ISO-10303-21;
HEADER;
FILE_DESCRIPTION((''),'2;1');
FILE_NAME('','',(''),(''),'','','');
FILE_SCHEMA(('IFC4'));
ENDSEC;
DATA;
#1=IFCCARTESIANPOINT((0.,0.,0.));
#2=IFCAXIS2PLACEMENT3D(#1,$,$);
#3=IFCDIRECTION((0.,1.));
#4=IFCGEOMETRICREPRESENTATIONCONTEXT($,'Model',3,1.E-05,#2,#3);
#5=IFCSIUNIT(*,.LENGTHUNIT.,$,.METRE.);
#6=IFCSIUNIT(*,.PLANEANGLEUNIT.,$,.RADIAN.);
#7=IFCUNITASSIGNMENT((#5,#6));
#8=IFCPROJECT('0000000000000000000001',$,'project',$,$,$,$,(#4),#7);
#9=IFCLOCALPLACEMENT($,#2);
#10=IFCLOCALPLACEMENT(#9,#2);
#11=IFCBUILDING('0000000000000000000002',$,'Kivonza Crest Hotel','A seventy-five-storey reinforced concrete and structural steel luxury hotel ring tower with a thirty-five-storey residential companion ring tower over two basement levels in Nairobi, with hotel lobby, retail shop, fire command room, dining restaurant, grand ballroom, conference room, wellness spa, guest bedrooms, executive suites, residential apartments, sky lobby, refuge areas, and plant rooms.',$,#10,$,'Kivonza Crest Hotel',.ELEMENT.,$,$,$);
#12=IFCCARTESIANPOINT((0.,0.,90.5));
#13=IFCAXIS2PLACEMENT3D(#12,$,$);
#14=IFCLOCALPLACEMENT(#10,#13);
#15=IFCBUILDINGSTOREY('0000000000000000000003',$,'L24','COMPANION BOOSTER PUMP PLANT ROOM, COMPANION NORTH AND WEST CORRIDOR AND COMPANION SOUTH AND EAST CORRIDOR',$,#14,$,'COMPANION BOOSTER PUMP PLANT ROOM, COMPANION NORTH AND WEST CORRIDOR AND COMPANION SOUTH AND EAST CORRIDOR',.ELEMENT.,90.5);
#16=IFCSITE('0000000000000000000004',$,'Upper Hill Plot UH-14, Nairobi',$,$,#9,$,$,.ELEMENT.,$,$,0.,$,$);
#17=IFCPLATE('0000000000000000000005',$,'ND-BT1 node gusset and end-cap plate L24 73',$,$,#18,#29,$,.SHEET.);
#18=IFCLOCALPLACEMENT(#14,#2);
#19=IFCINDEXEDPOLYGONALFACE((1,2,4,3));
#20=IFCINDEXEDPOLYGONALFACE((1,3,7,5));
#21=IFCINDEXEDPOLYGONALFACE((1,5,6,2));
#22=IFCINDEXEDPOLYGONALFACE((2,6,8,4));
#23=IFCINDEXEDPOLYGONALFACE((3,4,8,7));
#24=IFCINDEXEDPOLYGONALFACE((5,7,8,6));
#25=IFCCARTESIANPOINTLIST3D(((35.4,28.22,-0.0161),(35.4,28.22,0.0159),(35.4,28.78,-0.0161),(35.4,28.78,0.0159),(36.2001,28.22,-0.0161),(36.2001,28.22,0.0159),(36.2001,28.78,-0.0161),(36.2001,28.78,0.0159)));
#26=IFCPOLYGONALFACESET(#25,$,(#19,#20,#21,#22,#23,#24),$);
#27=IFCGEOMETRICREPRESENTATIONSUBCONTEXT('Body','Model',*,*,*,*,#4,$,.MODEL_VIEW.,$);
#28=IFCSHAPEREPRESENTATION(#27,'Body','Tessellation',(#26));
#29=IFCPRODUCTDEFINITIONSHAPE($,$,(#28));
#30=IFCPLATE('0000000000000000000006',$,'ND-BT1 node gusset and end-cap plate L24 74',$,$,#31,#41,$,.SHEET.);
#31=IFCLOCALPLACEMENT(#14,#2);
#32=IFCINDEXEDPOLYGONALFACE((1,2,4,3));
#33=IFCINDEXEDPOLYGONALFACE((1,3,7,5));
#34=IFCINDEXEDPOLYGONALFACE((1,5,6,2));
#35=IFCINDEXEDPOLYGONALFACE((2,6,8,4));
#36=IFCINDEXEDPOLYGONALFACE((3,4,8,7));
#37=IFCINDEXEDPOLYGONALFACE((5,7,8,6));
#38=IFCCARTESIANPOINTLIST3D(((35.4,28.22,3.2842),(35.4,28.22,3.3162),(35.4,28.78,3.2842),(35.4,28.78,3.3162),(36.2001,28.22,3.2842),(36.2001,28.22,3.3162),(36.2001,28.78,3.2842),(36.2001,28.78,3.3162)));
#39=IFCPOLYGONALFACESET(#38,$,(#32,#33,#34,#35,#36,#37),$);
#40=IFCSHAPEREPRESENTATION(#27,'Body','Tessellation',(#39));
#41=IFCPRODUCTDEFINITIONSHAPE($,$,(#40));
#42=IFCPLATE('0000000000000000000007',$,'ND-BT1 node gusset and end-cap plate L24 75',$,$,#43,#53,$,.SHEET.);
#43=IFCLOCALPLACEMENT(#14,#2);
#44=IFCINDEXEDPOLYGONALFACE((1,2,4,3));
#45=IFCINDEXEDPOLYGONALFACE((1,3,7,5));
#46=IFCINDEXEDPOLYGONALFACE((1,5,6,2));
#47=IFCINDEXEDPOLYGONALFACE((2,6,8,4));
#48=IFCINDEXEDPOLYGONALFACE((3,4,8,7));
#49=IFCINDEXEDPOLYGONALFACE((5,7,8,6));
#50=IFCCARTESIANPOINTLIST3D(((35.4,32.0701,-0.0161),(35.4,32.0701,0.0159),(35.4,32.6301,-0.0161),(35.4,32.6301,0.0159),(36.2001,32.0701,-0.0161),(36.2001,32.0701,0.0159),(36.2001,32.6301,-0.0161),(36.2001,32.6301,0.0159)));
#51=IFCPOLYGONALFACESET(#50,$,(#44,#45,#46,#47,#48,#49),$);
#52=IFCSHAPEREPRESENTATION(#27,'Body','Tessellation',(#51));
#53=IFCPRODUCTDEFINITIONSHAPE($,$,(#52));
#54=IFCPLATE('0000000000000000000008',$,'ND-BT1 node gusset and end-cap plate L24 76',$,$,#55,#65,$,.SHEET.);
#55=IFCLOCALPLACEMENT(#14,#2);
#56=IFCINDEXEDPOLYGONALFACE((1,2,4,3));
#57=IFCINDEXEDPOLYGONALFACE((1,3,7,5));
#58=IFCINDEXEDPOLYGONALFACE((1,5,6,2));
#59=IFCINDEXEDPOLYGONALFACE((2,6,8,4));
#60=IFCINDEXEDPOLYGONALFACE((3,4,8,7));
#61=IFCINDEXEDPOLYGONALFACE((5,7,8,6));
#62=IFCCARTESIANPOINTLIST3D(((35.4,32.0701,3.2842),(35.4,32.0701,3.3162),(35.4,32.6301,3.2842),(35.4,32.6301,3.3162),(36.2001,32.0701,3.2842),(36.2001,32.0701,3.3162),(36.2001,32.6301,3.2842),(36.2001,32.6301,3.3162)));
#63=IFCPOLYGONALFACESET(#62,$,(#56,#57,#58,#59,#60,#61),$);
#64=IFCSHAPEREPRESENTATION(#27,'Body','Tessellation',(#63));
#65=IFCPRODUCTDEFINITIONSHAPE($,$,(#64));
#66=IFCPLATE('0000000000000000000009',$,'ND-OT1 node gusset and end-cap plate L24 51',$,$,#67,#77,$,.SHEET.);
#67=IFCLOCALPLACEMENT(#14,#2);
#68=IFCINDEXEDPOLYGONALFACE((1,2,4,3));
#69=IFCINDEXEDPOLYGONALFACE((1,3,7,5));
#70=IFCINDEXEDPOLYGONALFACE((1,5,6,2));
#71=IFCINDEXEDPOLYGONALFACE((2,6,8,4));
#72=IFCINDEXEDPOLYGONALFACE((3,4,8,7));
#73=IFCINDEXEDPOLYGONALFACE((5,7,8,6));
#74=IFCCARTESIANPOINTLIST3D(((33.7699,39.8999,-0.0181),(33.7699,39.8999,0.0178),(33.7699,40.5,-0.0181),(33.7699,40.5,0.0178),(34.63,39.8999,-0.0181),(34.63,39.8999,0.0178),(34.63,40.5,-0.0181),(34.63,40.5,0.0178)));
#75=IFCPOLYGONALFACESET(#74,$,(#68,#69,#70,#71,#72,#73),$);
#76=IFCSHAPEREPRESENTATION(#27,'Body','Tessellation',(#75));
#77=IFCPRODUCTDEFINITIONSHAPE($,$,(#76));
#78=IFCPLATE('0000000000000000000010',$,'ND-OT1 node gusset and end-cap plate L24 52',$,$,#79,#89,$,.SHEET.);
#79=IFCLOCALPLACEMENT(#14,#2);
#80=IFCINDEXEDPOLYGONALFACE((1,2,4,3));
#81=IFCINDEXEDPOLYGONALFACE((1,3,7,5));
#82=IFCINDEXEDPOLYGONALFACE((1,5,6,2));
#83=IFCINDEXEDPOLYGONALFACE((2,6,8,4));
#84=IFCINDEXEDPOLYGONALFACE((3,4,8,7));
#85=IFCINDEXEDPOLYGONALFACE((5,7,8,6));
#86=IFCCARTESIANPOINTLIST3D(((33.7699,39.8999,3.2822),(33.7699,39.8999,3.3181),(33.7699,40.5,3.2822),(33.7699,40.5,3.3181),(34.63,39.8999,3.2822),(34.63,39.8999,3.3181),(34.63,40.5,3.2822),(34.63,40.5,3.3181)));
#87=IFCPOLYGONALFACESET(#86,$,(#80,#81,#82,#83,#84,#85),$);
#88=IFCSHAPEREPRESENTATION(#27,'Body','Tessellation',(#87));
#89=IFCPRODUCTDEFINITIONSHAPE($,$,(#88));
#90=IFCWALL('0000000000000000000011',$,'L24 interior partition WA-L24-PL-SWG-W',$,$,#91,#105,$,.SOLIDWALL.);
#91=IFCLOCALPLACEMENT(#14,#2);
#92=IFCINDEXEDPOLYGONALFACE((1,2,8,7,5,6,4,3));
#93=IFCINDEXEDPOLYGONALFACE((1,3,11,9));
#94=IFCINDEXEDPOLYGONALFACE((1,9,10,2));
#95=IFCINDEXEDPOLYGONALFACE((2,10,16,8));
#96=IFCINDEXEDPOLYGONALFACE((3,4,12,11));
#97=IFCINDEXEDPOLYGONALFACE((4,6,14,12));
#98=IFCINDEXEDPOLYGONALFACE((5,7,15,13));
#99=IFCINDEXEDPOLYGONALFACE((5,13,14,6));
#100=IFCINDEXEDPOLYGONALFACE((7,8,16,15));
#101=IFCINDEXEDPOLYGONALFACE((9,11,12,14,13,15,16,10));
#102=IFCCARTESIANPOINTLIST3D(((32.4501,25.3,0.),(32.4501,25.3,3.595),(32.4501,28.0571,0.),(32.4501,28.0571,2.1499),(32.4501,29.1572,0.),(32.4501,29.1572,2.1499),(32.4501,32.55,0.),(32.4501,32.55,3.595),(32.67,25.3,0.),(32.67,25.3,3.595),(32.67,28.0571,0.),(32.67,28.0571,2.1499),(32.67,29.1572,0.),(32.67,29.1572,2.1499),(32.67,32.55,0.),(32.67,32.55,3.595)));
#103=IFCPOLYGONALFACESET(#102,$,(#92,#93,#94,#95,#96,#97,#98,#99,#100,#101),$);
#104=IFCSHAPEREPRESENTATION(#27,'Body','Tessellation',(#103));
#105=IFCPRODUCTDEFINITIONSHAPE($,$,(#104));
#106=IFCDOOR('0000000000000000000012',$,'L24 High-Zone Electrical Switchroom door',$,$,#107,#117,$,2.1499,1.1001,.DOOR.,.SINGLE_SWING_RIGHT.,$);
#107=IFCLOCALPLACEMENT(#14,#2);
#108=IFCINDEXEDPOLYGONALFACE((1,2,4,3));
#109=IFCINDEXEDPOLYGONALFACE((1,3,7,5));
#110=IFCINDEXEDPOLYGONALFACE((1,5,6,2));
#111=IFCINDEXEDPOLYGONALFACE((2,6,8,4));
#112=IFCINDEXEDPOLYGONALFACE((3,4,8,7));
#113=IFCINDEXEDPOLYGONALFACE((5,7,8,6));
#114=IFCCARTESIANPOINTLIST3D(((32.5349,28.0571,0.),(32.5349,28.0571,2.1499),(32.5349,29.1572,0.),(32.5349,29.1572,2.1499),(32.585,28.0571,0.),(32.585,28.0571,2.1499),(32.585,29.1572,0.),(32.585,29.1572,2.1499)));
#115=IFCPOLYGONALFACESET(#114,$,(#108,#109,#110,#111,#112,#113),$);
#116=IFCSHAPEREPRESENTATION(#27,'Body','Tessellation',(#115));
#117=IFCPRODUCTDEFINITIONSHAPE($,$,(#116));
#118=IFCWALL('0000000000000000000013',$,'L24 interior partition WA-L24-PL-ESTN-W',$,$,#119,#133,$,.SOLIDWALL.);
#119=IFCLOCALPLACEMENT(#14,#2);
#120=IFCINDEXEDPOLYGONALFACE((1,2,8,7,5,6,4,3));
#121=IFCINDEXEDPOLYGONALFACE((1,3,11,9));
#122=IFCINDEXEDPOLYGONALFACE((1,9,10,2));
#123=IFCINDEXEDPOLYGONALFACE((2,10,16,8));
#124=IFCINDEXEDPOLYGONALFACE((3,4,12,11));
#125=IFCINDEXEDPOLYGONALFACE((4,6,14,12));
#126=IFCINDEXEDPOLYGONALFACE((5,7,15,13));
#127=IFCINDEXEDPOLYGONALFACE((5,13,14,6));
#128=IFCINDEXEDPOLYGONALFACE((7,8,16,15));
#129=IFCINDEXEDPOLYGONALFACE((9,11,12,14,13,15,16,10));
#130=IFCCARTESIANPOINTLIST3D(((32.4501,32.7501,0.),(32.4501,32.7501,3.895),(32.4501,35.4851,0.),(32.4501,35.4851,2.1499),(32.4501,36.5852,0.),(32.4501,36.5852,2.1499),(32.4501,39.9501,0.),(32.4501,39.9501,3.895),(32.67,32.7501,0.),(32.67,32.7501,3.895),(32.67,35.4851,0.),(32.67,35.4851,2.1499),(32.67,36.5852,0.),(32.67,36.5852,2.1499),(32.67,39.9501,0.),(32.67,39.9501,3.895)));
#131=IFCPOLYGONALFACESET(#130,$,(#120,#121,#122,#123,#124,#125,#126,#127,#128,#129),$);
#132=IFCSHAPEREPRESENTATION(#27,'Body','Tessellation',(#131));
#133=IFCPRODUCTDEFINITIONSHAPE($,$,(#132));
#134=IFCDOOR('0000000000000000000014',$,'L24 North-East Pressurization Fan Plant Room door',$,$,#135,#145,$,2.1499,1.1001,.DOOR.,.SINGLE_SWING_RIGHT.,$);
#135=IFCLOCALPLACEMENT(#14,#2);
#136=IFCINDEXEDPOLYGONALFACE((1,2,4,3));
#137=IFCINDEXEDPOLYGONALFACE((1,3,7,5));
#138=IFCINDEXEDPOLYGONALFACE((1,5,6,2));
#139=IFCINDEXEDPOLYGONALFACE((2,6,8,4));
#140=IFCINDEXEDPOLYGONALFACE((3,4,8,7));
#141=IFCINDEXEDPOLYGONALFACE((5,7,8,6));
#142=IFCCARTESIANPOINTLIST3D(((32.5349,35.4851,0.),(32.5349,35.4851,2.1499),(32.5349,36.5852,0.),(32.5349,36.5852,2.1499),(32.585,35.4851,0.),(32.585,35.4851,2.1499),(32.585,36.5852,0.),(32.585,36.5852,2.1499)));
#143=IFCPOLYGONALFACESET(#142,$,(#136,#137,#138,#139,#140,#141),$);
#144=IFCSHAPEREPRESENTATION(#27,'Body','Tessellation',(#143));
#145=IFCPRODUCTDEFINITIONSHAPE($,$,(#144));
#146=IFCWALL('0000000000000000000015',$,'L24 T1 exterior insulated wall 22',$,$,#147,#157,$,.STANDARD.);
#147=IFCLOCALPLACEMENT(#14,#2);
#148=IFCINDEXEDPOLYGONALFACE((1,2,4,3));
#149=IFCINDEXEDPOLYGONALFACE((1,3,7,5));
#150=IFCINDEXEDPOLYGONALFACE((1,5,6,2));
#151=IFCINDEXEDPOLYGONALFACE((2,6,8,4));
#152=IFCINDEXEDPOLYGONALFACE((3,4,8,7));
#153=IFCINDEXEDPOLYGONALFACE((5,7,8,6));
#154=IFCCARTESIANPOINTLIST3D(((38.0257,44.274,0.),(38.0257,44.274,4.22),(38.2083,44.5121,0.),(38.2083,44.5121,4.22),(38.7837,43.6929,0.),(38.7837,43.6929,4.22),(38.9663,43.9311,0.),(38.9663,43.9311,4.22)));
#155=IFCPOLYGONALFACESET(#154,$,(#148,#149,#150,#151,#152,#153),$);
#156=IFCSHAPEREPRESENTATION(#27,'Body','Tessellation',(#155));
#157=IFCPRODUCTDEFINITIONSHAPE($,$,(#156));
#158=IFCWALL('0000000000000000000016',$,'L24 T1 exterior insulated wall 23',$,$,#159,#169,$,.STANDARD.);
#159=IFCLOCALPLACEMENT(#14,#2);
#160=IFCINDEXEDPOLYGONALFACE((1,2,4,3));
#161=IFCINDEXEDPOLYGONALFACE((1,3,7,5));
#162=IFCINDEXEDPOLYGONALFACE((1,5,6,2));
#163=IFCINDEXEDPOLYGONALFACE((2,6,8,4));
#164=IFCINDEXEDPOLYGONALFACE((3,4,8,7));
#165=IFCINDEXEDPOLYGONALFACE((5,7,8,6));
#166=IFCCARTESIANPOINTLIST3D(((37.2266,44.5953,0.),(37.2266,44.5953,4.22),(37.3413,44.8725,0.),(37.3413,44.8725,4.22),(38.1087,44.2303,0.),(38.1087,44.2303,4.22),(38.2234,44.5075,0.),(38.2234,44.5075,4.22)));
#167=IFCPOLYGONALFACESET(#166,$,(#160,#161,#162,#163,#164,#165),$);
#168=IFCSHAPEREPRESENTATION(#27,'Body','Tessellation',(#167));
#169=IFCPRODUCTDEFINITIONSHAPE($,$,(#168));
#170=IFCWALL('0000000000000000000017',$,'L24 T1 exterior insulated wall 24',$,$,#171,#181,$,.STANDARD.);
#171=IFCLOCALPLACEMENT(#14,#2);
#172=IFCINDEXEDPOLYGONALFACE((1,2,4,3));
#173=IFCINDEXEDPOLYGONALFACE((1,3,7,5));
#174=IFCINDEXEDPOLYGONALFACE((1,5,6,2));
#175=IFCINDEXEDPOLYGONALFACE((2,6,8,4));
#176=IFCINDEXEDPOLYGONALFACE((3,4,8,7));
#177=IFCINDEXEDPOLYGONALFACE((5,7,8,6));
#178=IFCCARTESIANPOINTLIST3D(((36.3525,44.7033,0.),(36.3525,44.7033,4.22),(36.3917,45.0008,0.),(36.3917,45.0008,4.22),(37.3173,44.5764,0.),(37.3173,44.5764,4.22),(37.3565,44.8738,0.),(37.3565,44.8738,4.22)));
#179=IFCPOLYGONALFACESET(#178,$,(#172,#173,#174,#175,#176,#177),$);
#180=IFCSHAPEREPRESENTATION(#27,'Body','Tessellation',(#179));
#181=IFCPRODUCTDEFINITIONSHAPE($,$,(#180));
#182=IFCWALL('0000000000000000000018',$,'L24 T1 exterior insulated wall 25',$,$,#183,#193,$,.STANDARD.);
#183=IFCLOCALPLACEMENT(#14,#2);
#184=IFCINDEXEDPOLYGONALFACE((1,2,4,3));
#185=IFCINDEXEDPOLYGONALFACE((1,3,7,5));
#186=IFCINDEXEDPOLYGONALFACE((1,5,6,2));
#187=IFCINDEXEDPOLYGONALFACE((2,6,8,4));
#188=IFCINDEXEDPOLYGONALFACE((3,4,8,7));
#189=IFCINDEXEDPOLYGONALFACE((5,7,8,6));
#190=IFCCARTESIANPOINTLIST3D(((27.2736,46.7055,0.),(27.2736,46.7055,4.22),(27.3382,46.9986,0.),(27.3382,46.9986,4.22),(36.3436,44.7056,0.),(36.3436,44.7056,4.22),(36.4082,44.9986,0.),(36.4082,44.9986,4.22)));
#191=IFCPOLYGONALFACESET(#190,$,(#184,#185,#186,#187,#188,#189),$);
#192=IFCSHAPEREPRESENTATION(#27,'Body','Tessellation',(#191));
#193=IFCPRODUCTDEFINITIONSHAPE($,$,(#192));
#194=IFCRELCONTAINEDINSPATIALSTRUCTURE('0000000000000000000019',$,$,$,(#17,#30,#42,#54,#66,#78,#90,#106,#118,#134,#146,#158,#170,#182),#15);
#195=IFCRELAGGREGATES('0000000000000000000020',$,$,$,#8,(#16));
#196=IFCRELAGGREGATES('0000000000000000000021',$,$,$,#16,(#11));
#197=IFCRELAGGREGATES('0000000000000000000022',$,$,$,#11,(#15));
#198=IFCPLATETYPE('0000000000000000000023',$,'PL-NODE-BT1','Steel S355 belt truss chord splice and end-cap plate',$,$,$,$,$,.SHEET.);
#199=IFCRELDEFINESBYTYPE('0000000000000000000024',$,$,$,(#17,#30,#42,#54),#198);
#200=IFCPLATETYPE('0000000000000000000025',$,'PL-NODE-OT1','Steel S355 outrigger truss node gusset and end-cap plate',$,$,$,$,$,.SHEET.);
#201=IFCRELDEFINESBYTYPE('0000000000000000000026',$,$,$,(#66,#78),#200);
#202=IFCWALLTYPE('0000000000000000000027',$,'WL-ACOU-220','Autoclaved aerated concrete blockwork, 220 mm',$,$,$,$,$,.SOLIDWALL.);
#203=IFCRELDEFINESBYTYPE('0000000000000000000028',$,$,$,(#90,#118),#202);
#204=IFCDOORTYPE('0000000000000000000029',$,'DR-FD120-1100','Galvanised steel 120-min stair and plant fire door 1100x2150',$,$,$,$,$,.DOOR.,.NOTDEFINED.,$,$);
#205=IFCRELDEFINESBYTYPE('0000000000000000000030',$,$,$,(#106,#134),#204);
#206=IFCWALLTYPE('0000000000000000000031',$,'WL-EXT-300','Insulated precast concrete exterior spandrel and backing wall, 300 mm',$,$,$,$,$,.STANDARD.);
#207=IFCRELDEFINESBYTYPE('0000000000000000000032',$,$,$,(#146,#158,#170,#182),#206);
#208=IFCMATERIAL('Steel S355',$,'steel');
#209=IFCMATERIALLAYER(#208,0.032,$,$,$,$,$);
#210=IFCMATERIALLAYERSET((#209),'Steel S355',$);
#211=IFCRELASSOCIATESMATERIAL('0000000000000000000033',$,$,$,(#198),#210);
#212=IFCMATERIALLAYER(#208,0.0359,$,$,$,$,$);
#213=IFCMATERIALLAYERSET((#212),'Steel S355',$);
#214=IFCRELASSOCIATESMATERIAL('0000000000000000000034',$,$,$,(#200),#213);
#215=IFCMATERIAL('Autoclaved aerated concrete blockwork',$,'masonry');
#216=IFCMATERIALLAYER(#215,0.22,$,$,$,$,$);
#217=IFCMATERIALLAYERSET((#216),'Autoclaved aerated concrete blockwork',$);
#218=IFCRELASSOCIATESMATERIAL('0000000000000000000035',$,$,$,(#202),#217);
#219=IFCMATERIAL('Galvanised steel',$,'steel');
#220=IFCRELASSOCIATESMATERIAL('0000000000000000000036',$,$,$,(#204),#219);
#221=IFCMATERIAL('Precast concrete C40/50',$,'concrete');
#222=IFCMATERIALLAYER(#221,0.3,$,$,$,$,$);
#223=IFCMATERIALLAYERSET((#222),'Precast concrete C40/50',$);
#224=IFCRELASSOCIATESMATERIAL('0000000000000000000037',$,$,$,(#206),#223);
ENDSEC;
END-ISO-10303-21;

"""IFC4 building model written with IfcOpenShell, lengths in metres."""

from ifc_helpers import new_model, si_unit, direction, frame, frame_2d, origin, origin_2d, place, context, subcontext, project, spatial, rectangle, extrude, material, layer, layer_set, type_object, element, fill, save


model = new_model("IFC4")

# Units and contexts
model_context = context("Model", 3, precision=1e-05, world=origin(), true_north=direction((0.0, 1.0)))
body_context = subcontext(model_context, "Body", "Model", "MODEL_VIEW")
ifc_project = project(units=[si_unit("LENGTHUNIT", "METRE"), si_unit("PLANEANGLEUNIT", "RADIAN")], contexts=[model_context])

# Site, building, storey
site_placement = place(None, origin())
site = spatial("IfcSite", under=ifc_project, at=site_placement, Name="Upper Hill Plot UH-14, Nairobi", CompositionType="ELEMENT", RefElevation=0.0)
building_placement = place(site_placement, origin())
building = spatial("IfcBuilding", under=site, at=building_placement, Name="Kivonza Crest Hotel", Description="A seventy-five-storey reinforced concrete and structural steel luxury hotel ring tower with a thirty-five-storey residential companion ring tower over two basement levels in Nairobi, with hotel lobby, retail shop, fire command room, dining restaurant, grand ballroom, conference room, wellness spa, guest bedrooms, executive suites, residential apartments, sky lobby, refuge areas, and plant rooms.", LongName="Kivonza Crest Hotel", CompositionType="ELEMENT")
storey_placement = place(building_placement, frame((0.0, 0.0, 90.5)))
storey = spatial("IfcBuildingStorey", under=building, at=storey_placement, Name="L24", Description="COMPANION BOOSTER PUMP PLANT ROOM, COMPANION NORTH AND WEST CORRIDOR AND COMPANION SOUTH AND EAST CORRIDOR", LongName="COMPANION BOOSTER PUMP PLANT ROOM, COMPANION NORTH AND WEST CORRIDOR AND COMPANION SOUTH AND EAST CORRIDOR", CompositionType="ELEMENT", Elevation=90.5)

# Shared definitions
ifc_material_1 = material(Name="Steel S355", Category="steel")

# Plates
ifc_layer_1 = layer(ifc_material_1, 0.032)
ifc_layer_set_1 = layer_set([ifc_layer_1], Name="Steel S355")
plate_type_1 = type_object("IfcPlateType", Name="PL-NODE-BT1", Description="Steel S355 belt truss chord splice and end-cap plate", PredefinedType="SHEET", material=ifc_layer_set_1)
for number, where, z_axis, x_axis, name in (
    (1, (35.8, 28.5, -0.0161), (0.0, 0.0, 1.0), (1.0, 0.0, 0.0), "ND-BT1 node gusset and end-cap plate L24 73"),
    (2, (35.8, 28.5, 3.2842), (0.0, 0.0, 1.0), (1.0, 0.0, 0.0), "ND-BT1 node gusset and end-cap plate L24 74"),
    (3, (35.8, 32.3501, -0.0161), (0.0, 0.0, 1.0), (1.0, 0.0, 0.0), "ND-BT1 node gusset and end-cap plate L24 75"),
    (4, (35.8, 32.3501, 3.2842), (0.0, 0.0, 1.0), (1.0, 0.0, 0.0), "ND-BT1 node gusset and end-cap plate L24 76"),
):
    element("IfcPlate", number, at=place(storey_placement, frame(where, z_axis=z_axis, x_axis=x_axis)), inside=storey, type_object=plate_type_1, Name=name, PredefinedType="SHEET", context=body_context, shape_type="SweptSolid", body=[
        extrude(rectangle(XDim=0.8, YDim=0.5601, at=origin_2d()), origin(), (0.0, 0.0, 1.0), 0.032),
    ])
ifc_layer_2 = layer(ifc_material_1, 0.0359)
ifc_layer_set_2 = layer_set([ifc_layer_2], Name="Steel S355")
plate_type_2 = type_object("IfcPlateType", Name="PL-NODE-OT1", Description="Steel S355 outrigger truss node gusset and end-cap plate", PredefinedType="SHEET", material=ifc_layer_set_2)
for number, where, z_axis, x_axis, name in (
    (5, (34.2, 40.2, -0.0181), (0.0, 0.0, 1.0), (1.0, 0.0, 0.0), "ND-OT1 node gusset and end-cap plate L24 51"),
    (6, (34.2, 40.2, 3.2822), (0.0, 0.0, 1.0), (1.0, 0.0, 0.0), "ND-OT1 node gusset and end-cap plate L24 52"),
):
    element("IfcPlate", number, at=place(storey_placement, frame(where, z_axis=z_axis, x_axis=x_axis)), inside=storey, type_object=plate_type_2, Name=name, PredefinedType="SHEET", context=body_context, shape_type="SweptSolid", body=[
        extrude(rectangle(XDim=0.8601, YDim=0.6001, at=origin_2d()), origin(), (0.0, 0.0, 1.0), 0.0359),
    ])

# Walls, openings, doors
ifc_material_2 = material(Name="Autoclaved aerated concrete blockwork", Category="masonry")
ifc_layer_3 = layer(ifc_material_2, 0.22)
ifc_layer_set_3 = layer_set([ifc_layer_3], Name="Autoclaved aerated concrete blockwork")
wall_type_1 = type_object("IfcWallType", Name="WL-ACOU-220", Description="Autoclaved aerated concrete blockwork, 220 mm", PredefinedType="SOLIDWALL", material=ifc_layer_set_3)
wall_1_placement = place(storey_placement, frame((32.5601, 25.3, 0.0), z_axis=(0.0, 0.0, 1.0), x_axis=(0.0, 1.0, 0.0)))
wall_1 = element("IfcWall", 7, at=wall_1_placement, inside=storey, type_object=wall_type_1, Name="L24 interior partition WA-L24-PL-SWG-W", PredefinedType="SOLIDWALL", context=body_context, shape_type="SweptSolid", body=[
    extrude(rectangle(XDim=7.25, YDim=0.22, at=frame_2d((3.625, 0.0))), origin(), (0.0, 0.0, 1.0), 3.595),
])
opening_1_placement = place(wall_1_placement, frame((2.7571, 0.0, 0.0)))
opening_1 = element("IfcOpeningElement", 8, at=opening_1_placement, cuts=wall_1, PredefinedType="OPENING", context=body_context, shape_type="SweptSolid", body=[
    extrude(rectangle(XDim=1.1001, YDim=2.1499, at=frame_2d((0.55, 1.075))), frame((0.0, 0.1201, 0.0), z_axis=(0.0, -1.0, 0.0), x_axis=(1.0, 0.0, 0.0)), (0.0, 0.0, 1.0), 0.24),
])
ifc_material_3 = material(Name="Galvanised steel", Category="steel")
door_type = type_object("IfcDoorType", Name="DR-FD120-1100", Description="Galvanised steel 120-min stair and plant fire door 1100x2150", OperationType="NOTDEFINED", PredefinedType="DOOR", material=ifc_material_3)
door_1_placement = place(opening_1_placement, frame((1.1001, 0.0, 0.0), z_axis=(0.0, 0.0, 1.0), x_axis=(-1.0, 0.0, 0.0)))
door_1 = element("IfcDoor", 9, at=door_1_placement, inside=storey, type_object=door_type, Name="L24 High-Zone Electrical Switchroom door", OperationType="SINGLE_SWING_RIGHT", OverallHeight=2.1499, OverallWidth=1.1001, PredefinedType="DOOR", context=body_context, shape_type="SweptSolid", body=[
    extrude(rectangle(XDim=1.1001, YDim=2.1499, at=frame_2d((0.55, 1.075))), frame((0.0, 0.0249, 0.0), z_axis=(0.0, -1.0, 0.0), x_axis=(1.0, 0.0, 0.0)), (0.0, 0.0, 1.0), 0.05),
])
fill(opening_1, door_1)
wall_2_placement = place(storey_placement, frame((32.5601, 32.75, 0.0), z_axis=(0.0, 0.0, 1.0), x_axis=(0.0, 1.0, 0.0)))
wall_2 = element("IfcWall", 10, at=wall_2_placement, inside=storey, type_object=wall_type_1, Name="L24 interior partition WA-L24-PL-ESTN-W", PredefinedType="SOLIDWALL", context=body_context, shape_type="SweptSolid", body=[
    extrude(rectangle(XDim=7.2, YDim=0.22, at=frame_2d((3.6001, 0.0))), origin(), (0.0, 0.0, 1.0), 3.895),
])
opening_2_placement = place(wall_2_placement, frame((2.7351, 0.0, 0.0)))
opening_2 = element("IfcOpeningElement", 11, at=opening_2_placement, cuts=wall_2, PredefinedType="OPENING", context=body_context, shape_type="SweptSolid", body=[
    extrude(rectangle(XDim=1.1001, YDim=2.1499, at=frame_2d((0.55, 1.075))), frame((0.0, 0.1201, 0.0), z_axis=(0.0, -1.0, 0.0), x_axis=(1.0, 0.0, 0.0)), (0.0, 0.0, 1.0), 0.24),
])
door_2_placement = place(opening_2_placement, frame((1.1001, 0.0, 0.0), z_axis=(0.0, 0.0, 1.0), x_axis=(-1.0, 0.0, 0.0)))
door_2 = element("IfcDoor", 12, at=door_2_placement, inside=storey, type_object=door_type, Name="L24 North-East Pressurization Fan Plant Room door", OperationType="SINGLE_SWING_RIGHT", OverallHeight=2.1499, OverallWidth=1.1001, PredefinedType="DOOR", context=body_context, shape_type="SweptSolid", body=[
    extrude(rectangle(XDim=1.1001, YDim=2.1499, at=frame_2d((0.55, 1.075))), frame((0.0, 0.0249, 0.0), z_axis=(0.0, -1.0, 0.0), x_axis=(1.0, 0.0, 0.0)), (0.0, 0.0, 1.0), 0.05),
])
fill(opening_2, door_2)

# Walls
ifc_material_4 = material(Name="Precast concrete C40/50", Category="concrete")
ifc_layer_4 = layer(ifc_material_4, 0.3)
ifc_layer_set_4 = layer_set([ifc_layer_4], Name="Precast concrete C40/50")
wall_type_2 = type_object("IfcWallType", Name="WL-EXT-300", Description="Insulated precast concrete exterior spandrel and backing wall, 300 mm", PredefinedType="STANDARD", material=ifc_layer_set_4)
wall_3_placement = place(storey_placement, frame((38.875, 43.812, 0.0), z_axis=(0.0, 0.0, 1.0), x_axis=(-0.793668, 0.608351, 0.0)))
element("IfcWall", 13, at=wall_3_placement, inside=storey, type_object=wall_type_2, Name="L24 T1 exterior insulated wall 22", PredefinedType="STANDARD", context=body_context, shape_type="SweptSolid", body=[
    extrude(rectangle(XDim=0.9551, YDim=0.3, at=frame_2d((0.4775, 0.0))), origin(), (0.0, 0.0, 1.0), 4.22),
])
wall_4_placement = place(storey_placement, frame((38.166, 44.3689, 0.0), z_axis=(0.0, 0.0, 1.0), x_axis=(-0.92402, 0.382344, 0.0)))
element("IfcWall", 14, at=wall_4_placement, inside=storey, type_object=wall_type_2, Name="L24 T1 exterior insulated wall 23", PredefinedType="STANDARD", context=body_context, shape_type="SweptSolid", body=[
    extrude(rectangle(XDim=0.9546, YDim=0.3, at=frame_2d((0.4773, 0.0))), origin(), (0.0, 0.0, 1.0), 4.22),
])
wall_5_placement = place(storey_placement, frame((37.3369, 44.7251, 0.0), z_axis=(0.0, 0.0, 1.0), x_axis=(-0.991454, 0.130455, 0.0)))
element("IfcWall", 15, at=wall_5_placement, inside=storey, type_object=wall_type_2, Name="L24 T1 exterior insulated wall 24", PredefinedType="STANDARD", context=body_context, shape_type="SweptSolid", body=[
    extrude(rectangle(XDim=0.9731, YDim=0.3, at=frame_2d((0.4866, 0.0))), origin(), (0.0, 0.0, 1.0), 4.22),
])
wall_6_placement = place(storey_placement, frame((36.376, 44.8521, 0.0), z_axis=(0.0, 0.0, 1.0), x_axis=(-0.976541, 0.215333, 0.0)))
element("IfcWall", 16, at=wall_6_placement, inside=storey, type_object=wall_type_2, Name="L24 T1 exterior insulated wall 25", PredefinedType="STANDARD", context=body_context, shape_type="SweptSolid", body=[
    extrude(rectangle(XDim=9.2878, YDim=0.3, at=frame_2d((4.644, 0.0))), origin(), (0.0, 0.0, 1.0), 4.22),
])

save(model, "model.ifc")
